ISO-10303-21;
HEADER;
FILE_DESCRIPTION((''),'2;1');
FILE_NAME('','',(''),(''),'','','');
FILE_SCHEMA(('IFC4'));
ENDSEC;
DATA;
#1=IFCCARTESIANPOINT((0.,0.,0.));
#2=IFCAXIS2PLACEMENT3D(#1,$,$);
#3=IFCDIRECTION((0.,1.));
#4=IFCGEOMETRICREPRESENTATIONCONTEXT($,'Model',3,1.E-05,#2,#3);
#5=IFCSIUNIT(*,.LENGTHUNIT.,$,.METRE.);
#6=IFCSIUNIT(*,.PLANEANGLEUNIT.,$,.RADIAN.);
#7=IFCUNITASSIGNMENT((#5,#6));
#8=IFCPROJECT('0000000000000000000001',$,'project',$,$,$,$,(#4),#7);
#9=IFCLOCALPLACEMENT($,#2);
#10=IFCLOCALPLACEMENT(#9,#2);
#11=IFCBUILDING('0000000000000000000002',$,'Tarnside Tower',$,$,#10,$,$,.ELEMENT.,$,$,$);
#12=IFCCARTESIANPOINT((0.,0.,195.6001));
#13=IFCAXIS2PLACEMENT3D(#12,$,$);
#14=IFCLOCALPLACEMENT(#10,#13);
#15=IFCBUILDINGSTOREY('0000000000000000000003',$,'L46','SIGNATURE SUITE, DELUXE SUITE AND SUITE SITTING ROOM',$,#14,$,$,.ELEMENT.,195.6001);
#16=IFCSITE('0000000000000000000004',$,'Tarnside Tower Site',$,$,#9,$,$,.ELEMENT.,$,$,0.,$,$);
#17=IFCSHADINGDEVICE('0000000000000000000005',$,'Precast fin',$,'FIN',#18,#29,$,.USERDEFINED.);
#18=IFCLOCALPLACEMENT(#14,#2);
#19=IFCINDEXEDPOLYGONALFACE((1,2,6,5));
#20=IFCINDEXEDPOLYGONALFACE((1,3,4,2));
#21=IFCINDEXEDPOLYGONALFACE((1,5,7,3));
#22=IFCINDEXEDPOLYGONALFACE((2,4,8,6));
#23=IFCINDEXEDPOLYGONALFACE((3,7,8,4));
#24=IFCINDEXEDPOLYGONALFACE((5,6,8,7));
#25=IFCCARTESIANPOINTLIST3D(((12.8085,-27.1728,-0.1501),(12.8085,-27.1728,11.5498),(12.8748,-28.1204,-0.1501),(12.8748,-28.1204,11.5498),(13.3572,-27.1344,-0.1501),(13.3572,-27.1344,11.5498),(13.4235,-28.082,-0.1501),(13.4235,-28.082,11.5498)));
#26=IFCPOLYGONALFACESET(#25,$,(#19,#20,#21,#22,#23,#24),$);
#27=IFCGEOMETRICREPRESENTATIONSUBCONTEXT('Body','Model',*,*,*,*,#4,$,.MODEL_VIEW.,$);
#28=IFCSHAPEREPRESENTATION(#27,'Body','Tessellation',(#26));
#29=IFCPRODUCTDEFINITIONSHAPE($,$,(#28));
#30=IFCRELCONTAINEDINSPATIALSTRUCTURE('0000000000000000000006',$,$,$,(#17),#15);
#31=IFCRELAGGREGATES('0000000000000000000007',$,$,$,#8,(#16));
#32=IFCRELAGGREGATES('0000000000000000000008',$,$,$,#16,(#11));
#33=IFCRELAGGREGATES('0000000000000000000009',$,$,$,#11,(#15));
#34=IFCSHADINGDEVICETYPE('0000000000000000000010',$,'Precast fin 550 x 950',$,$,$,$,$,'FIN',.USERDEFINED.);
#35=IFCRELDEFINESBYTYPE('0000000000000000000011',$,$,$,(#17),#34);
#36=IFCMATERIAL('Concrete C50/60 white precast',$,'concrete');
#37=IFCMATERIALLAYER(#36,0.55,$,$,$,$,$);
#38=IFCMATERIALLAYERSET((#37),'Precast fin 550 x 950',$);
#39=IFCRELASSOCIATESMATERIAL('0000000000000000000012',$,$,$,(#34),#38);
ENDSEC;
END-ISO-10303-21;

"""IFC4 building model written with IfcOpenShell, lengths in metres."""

from ifc_helpers import new_model, si_unit, direction, frame, origin, place, context, subcontext, project, spatial, polyline, outline, extrude, material, layer, layer_set, type_object, element, save


model = new_model("IFC4")

# Units and contexts
model_context = context("Model", 3, precision=1e-05, world=origin(), true_north=direction((0.0, 1.0)))
body_context = subcontext(model_context, "Body", "Model", "MODEL_VIEW")
ifc_project = project(units=[si_unit("LENGTHUNIT", "METRE"), si_unit("PLANEANGLEUNIT", "RADIAN")], contexts=[model_context])

# Site, building, storey
site_placement = place(None, origin())
site = spatial("IfcSite", under=ifc_project, at=site_placement, Name="Tarnside Tower Site", CompositionType="ELEMENT", RefElevation=0.0)
building_placement = place(site_placement, origin())
building = spatial("IfcBuilding", under=site, at=building_placement, Name="Tarnside Tower", CompositionType="ELEMENT")
storey_placement = place(building_placement, frame((0.0, 0.0, 195.6001)))
storey = spatial("IfcBuildingStorey", under=building, at=storey_placement, Name="L46", Description="SIGNATURE SUITE, DELUXE SUITE AND SUITE SITTING ROOM", CompositionType="ELEMENT", Elevation=195.6001)

# Shading device
ifc_material_1 = material(Name="Concrete C50/60 white precast", Category="concrete")
ifc_layer_1 = layer(ifc_material_1, 0.55)
ifc_layer_set_1 = layer_set([ifc_layer_1], Name="Precast fin 550 x 950")
shading_device_type = type_object("IfcShadingDeviceType", Name="Precast fin 550 x 950", ElementType="FIN", PredefinedType="USERDEFINED", material=ifc_layer_set_1)
for number, where, z_axis, x_axis, name in (
    (1, (13.083, -27.1536, -0.1501), (-0.997564, -0.069756, 0.0), (0.069756, -0.997564, 0.0), "Precast fin"),
):
    element("IfcShadingDevice", number, at=place(storey_placement, frame(where, z_axis=z_axis, x_axis=x_axis)), inside=storey, type_object=shading_device_type, Name=name, ObjectType="FIN", PredefinedType="USERDEFINED", context=body_context, shape_type="SweptSolid", body=[
        extrude(outline(polyline([(0.0, 0.0), (0.95, 0.0), (0.95, 11.7), (0.0, 11.7), (0.0, 0.0)])), frame((0.0, 0.0, -0.2749)), (0.0, 0.0, 1.0), 0.55),
    ])

save(model, "model.ifc")
